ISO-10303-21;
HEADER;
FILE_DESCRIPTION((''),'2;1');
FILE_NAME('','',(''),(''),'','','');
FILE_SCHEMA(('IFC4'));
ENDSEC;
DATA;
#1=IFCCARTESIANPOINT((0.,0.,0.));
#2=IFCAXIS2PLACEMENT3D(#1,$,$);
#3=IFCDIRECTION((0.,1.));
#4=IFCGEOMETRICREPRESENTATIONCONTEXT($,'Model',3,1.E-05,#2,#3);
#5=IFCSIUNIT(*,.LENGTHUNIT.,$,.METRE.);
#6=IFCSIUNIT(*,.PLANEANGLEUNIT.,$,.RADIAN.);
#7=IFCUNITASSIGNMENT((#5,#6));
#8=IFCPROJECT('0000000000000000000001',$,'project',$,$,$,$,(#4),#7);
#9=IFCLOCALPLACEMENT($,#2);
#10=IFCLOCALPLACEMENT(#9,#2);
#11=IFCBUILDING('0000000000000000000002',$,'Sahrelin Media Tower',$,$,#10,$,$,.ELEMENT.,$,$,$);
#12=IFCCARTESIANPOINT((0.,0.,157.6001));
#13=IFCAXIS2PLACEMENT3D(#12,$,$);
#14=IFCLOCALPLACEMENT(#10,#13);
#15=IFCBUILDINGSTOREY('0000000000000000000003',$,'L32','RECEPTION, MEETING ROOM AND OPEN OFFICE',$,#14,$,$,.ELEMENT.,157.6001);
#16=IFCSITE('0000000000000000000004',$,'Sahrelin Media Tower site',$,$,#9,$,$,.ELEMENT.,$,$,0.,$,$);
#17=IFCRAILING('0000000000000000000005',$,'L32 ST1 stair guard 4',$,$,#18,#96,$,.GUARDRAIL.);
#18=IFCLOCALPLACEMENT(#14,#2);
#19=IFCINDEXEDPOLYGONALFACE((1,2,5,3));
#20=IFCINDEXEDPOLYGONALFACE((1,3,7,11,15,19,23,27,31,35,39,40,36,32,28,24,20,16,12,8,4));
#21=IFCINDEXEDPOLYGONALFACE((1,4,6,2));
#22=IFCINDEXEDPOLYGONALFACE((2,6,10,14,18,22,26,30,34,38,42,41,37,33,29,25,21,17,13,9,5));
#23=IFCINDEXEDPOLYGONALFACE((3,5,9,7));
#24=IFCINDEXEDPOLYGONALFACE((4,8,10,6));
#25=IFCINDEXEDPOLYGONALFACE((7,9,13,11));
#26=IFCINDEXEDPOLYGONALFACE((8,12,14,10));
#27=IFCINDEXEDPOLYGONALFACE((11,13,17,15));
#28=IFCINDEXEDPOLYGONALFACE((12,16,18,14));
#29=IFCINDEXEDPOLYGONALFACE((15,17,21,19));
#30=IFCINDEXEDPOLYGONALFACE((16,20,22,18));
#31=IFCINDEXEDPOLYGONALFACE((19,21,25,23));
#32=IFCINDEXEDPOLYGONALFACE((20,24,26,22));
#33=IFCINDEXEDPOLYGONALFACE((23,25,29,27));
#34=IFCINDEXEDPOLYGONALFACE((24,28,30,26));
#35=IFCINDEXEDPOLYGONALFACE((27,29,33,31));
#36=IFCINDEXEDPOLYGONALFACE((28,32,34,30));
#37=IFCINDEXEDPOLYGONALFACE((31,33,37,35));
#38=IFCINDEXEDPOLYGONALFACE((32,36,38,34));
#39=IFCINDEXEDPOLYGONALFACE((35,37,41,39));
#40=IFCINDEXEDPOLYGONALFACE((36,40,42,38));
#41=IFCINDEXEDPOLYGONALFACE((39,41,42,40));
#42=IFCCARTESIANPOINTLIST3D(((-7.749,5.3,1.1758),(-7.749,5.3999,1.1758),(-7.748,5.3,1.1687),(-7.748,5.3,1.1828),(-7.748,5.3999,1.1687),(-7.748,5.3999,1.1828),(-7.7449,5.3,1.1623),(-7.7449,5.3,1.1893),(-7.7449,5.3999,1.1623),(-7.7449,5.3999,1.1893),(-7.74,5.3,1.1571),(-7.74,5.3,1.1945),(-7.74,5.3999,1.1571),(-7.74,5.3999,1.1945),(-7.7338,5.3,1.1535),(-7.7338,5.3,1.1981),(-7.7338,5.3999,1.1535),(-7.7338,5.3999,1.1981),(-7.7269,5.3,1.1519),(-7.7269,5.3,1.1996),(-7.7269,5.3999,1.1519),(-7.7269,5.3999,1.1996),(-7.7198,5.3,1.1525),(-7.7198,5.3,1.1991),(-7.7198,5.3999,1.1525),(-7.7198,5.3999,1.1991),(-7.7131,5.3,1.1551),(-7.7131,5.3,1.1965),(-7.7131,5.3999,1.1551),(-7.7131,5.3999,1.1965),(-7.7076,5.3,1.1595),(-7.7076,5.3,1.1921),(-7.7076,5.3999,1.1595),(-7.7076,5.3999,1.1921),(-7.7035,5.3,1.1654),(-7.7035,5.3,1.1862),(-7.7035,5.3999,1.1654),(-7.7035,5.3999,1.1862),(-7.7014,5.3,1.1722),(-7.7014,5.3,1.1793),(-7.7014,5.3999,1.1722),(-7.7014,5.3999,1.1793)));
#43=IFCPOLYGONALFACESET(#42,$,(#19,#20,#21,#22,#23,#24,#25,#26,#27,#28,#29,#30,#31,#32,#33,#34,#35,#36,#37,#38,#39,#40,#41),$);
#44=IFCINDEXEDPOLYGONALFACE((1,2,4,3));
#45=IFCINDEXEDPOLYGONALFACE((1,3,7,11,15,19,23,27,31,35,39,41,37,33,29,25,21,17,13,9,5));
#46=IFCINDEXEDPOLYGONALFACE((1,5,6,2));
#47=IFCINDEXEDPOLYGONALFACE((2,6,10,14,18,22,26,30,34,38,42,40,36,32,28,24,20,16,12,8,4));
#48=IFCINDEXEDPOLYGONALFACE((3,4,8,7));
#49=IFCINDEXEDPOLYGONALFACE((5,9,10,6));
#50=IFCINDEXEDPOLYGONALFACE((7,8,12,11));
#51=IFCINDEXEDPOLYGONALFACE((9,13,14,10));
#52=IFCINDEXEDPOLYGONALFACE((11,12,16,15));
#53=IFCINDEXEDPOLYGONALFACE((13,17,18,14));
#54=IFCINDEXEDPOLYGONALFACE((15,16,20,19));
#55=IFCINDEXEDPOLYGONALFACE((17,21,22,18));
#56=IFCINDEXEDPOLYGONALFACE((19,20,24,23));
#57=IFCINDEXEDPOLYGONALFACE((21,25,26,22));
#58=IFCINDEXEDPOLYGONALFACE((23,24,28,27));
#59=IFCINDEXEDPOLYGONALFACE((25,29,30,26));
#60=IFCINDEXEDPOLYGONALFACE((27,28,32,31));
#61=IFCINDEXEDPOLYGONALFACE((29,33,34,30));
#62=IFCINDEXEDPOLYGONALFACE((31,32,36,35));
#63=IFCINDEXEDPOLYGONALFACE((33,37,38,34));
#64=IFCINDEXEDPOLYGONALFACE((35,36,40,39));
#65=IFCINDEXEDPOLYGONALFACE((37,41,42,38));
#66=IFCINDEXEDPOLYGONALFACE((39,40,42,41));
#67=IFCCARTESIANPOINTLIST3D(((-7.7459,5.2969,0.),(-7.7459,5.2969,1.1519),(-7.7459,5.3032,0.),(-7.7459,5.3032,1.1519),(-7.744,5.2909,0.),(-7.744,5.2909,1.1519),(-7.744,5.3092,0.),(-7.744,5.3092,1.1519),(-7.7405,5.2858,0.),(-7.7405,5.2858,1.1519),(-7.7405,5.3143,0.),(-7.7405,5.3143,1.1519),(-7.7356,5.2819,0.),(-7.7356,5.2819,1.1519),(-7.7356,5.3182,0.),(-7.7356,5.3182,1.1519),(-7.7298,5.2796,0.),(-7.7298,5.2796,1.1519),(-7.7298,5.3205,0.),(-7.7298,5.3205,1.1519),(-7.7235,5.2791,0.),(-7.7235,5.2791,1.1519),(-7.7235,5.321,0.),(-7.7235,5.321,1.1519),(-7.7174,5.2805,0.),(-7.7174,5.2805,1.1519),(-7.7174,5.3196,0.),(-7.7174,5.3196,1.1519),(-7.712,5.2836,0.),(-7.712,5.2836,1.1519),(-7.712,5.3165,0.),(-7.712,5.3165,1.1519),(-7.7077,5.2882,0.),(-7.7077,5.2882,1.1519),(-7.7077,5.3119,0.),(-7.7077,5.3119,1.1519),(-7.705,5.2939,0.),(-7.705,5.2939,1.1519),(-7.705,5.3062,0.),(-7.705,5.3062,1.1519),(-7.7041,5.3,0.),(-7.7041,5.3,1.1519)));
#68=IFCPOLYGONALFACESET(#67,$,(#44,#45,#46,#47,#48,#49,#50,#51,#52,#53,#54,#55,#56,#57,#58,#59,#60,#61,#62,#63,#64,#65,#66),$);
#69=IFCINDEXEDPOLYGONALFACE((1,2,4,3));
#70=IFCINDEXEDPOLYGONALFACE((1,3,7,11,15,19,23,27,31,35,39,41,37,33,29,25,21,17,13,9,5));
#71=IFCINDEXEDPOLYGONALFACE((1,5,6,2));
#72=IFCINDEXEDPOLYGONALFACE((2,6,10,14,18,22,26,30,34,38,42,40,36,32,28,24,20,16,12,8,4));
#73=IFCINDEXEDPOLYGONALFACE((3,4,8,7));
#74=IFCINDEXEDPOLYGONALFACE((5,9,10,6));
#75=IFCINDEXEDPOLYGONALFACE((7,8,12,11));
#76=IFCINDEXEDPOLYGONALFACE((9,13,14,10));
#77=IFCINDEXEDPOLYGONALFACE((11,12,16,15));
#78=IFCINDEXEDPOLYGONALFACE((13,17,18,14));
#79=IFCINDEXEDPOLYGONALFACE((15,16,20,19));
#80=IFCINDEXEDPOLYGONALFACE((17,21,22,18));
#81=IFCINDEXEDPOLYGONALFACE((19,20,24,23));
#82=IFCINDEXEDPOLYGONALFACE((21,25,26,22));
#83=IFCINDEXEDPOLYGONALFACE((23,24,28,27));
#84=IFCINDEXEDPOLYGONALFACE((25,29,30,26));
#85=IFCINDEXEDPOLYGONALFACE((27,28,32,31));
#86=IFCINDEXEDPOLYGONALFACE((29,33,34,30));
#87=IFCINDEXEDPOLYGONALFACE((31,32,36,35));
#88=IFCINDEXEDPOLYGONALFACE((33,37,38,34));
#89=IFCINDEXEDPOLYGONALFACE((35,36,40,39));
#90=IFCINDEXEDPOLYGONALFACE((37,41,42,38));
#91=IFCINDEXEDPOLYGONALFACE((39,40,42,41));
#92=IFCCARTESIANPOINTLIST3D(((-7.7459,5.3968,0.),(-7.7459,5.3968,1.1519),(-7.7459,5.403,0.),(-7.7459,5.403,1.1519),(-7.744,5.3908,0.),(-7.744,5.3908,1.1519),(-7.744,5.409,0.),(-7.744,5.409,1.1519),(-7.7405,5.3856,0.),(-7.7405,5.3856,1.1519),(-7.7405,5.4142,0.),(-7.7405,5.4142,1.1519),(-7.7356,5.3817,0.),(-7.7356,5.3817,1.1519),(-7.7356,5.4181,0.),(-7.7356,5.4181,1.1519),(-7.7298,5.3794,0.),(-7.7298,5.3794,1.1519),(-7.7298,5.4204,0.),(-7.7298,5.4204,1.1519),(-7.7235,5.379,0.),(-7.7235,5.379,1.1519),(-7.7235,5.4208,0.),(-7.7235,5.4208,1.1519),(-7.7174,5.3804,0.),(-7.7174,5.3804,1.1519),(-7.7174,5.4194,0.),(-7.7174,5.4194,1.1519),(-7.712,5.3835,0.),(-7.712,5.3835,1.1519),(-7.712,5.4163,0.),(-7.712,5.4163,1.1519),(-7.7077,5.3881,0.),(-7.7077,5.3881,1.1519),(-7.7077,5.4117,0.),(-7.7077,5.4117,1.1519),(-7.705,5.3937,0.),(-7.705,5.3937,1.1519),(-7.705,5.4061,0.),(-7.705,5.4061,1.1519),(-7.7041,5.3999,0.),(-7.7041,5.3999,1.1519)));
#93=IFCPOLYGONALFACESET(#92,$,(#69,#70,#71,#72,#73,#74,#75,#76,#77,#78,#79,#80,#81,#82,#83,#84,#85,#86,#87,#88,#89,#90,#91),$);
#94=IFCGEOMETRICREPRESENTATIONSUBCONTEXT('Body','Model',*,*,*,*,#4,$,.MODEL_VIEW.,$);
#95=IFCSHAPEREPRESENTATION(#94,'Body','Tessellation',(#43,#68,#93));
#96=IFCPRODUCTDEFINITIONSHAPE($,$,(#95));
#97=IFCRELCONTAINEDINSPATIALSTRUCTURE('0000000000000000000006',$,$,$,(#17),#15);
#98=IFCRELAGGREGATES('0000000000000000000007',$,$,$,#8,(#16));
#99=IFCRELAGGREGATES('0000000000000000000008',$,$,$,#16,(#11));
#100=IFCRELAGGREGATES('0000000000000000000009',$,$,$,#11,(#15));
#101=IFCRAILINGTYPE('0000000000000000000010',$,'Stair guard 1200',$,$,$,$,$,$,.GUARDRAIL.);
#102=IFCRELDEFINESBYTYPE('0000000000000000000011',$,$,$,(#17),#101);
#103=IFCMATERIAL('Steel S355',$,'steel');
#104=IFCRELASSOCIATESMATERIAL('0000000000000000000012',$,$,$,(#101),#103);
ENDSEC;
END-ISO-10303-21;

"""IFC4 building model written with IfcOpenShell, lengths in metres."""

from ifc_helpers import new_model, si_unit, direction, frame, origin, origin_2d, place, context, subcontext, project, spatial, circle, extrude, material, type_object, element, save


model = new_model("IFC4")

# Units and contexts
model_context = context("Model", 3, precision=1e-05, world=origin(), true_north=direction((0.0, 1.0)))
body_context = subcontext(model_context, "Body", "Model", "MODEL_VIEW")
ifc_project = project(units=[si_unit("LENGTHUNIT", "METRE"), si_unit("PLANEANGLEUNIT", "RADIAN")], contexts=[model_context])

# Site, building, storey
site_placement = place(None, origin())
site = spatial("IfcSite", under=ifc_project, at=site_placement, Name="Sahrelin Media Tower site", CompositionType="ELEMENT", RefElevation=0.0)
building_placement = place(site_placement, origin())
building = spatial("IfcBuilding", under=site, at=building_placement, Name="Sahrelin Media Tower", CompositionType="ELEMENT")
storey_placement = place(building_placement, frame((0.0, 0.0, 157.6001)))
storey = spatial("IfcBuildingStorey", under=building, at=storey_placement, Name="L32", Description="RECEPTION, MEETING ROOM AND OPEN OFFICE", CompositionType="ELEMENT", Elevation=157.6001)

# Shared definitions
ifc_material_1 = material(Name="Steel S355", Category="steel")

# Railing
railing_type_1 = type_object("IfcRailingType", Name="Stair guard 1200", PredefinedType="GUARDRAIL", material=ifc_material_1)
railing_1_placement = place(storey_placement, frame((-7.7251, 5.3, 0.0)))
element("IfcRailing", 1, at=railing_1_placement, inside=storey, type_object=railing_type_1, Name="L32 ST1 stair guard 4", PredefinedType="GUARDRAIL", context=body_context, shape_type="SweptSolid", body=[
    extrude(circle(Radius=0.0239, at=origin_2d()), frame((0.0, 0.0, 1.1758), z_axis=(0.0, 1.0, 0.0), x_axis=(-1.0, 0.0, 0.0)), (0.0, 0.0, 1.0), 0.0999),
    extrude(circle(Radius=0.021, at=origin_2d()), origin(), (0.0, 0.0, 1.0), 1.1519),
    extrude(circle(Radius=0.021, at=origin_2d()), frame((0.0, 0.0999, 0.0)), (0.0, 0.0, 1.0), 1.1519),
])

save(model, "model.ifc")
